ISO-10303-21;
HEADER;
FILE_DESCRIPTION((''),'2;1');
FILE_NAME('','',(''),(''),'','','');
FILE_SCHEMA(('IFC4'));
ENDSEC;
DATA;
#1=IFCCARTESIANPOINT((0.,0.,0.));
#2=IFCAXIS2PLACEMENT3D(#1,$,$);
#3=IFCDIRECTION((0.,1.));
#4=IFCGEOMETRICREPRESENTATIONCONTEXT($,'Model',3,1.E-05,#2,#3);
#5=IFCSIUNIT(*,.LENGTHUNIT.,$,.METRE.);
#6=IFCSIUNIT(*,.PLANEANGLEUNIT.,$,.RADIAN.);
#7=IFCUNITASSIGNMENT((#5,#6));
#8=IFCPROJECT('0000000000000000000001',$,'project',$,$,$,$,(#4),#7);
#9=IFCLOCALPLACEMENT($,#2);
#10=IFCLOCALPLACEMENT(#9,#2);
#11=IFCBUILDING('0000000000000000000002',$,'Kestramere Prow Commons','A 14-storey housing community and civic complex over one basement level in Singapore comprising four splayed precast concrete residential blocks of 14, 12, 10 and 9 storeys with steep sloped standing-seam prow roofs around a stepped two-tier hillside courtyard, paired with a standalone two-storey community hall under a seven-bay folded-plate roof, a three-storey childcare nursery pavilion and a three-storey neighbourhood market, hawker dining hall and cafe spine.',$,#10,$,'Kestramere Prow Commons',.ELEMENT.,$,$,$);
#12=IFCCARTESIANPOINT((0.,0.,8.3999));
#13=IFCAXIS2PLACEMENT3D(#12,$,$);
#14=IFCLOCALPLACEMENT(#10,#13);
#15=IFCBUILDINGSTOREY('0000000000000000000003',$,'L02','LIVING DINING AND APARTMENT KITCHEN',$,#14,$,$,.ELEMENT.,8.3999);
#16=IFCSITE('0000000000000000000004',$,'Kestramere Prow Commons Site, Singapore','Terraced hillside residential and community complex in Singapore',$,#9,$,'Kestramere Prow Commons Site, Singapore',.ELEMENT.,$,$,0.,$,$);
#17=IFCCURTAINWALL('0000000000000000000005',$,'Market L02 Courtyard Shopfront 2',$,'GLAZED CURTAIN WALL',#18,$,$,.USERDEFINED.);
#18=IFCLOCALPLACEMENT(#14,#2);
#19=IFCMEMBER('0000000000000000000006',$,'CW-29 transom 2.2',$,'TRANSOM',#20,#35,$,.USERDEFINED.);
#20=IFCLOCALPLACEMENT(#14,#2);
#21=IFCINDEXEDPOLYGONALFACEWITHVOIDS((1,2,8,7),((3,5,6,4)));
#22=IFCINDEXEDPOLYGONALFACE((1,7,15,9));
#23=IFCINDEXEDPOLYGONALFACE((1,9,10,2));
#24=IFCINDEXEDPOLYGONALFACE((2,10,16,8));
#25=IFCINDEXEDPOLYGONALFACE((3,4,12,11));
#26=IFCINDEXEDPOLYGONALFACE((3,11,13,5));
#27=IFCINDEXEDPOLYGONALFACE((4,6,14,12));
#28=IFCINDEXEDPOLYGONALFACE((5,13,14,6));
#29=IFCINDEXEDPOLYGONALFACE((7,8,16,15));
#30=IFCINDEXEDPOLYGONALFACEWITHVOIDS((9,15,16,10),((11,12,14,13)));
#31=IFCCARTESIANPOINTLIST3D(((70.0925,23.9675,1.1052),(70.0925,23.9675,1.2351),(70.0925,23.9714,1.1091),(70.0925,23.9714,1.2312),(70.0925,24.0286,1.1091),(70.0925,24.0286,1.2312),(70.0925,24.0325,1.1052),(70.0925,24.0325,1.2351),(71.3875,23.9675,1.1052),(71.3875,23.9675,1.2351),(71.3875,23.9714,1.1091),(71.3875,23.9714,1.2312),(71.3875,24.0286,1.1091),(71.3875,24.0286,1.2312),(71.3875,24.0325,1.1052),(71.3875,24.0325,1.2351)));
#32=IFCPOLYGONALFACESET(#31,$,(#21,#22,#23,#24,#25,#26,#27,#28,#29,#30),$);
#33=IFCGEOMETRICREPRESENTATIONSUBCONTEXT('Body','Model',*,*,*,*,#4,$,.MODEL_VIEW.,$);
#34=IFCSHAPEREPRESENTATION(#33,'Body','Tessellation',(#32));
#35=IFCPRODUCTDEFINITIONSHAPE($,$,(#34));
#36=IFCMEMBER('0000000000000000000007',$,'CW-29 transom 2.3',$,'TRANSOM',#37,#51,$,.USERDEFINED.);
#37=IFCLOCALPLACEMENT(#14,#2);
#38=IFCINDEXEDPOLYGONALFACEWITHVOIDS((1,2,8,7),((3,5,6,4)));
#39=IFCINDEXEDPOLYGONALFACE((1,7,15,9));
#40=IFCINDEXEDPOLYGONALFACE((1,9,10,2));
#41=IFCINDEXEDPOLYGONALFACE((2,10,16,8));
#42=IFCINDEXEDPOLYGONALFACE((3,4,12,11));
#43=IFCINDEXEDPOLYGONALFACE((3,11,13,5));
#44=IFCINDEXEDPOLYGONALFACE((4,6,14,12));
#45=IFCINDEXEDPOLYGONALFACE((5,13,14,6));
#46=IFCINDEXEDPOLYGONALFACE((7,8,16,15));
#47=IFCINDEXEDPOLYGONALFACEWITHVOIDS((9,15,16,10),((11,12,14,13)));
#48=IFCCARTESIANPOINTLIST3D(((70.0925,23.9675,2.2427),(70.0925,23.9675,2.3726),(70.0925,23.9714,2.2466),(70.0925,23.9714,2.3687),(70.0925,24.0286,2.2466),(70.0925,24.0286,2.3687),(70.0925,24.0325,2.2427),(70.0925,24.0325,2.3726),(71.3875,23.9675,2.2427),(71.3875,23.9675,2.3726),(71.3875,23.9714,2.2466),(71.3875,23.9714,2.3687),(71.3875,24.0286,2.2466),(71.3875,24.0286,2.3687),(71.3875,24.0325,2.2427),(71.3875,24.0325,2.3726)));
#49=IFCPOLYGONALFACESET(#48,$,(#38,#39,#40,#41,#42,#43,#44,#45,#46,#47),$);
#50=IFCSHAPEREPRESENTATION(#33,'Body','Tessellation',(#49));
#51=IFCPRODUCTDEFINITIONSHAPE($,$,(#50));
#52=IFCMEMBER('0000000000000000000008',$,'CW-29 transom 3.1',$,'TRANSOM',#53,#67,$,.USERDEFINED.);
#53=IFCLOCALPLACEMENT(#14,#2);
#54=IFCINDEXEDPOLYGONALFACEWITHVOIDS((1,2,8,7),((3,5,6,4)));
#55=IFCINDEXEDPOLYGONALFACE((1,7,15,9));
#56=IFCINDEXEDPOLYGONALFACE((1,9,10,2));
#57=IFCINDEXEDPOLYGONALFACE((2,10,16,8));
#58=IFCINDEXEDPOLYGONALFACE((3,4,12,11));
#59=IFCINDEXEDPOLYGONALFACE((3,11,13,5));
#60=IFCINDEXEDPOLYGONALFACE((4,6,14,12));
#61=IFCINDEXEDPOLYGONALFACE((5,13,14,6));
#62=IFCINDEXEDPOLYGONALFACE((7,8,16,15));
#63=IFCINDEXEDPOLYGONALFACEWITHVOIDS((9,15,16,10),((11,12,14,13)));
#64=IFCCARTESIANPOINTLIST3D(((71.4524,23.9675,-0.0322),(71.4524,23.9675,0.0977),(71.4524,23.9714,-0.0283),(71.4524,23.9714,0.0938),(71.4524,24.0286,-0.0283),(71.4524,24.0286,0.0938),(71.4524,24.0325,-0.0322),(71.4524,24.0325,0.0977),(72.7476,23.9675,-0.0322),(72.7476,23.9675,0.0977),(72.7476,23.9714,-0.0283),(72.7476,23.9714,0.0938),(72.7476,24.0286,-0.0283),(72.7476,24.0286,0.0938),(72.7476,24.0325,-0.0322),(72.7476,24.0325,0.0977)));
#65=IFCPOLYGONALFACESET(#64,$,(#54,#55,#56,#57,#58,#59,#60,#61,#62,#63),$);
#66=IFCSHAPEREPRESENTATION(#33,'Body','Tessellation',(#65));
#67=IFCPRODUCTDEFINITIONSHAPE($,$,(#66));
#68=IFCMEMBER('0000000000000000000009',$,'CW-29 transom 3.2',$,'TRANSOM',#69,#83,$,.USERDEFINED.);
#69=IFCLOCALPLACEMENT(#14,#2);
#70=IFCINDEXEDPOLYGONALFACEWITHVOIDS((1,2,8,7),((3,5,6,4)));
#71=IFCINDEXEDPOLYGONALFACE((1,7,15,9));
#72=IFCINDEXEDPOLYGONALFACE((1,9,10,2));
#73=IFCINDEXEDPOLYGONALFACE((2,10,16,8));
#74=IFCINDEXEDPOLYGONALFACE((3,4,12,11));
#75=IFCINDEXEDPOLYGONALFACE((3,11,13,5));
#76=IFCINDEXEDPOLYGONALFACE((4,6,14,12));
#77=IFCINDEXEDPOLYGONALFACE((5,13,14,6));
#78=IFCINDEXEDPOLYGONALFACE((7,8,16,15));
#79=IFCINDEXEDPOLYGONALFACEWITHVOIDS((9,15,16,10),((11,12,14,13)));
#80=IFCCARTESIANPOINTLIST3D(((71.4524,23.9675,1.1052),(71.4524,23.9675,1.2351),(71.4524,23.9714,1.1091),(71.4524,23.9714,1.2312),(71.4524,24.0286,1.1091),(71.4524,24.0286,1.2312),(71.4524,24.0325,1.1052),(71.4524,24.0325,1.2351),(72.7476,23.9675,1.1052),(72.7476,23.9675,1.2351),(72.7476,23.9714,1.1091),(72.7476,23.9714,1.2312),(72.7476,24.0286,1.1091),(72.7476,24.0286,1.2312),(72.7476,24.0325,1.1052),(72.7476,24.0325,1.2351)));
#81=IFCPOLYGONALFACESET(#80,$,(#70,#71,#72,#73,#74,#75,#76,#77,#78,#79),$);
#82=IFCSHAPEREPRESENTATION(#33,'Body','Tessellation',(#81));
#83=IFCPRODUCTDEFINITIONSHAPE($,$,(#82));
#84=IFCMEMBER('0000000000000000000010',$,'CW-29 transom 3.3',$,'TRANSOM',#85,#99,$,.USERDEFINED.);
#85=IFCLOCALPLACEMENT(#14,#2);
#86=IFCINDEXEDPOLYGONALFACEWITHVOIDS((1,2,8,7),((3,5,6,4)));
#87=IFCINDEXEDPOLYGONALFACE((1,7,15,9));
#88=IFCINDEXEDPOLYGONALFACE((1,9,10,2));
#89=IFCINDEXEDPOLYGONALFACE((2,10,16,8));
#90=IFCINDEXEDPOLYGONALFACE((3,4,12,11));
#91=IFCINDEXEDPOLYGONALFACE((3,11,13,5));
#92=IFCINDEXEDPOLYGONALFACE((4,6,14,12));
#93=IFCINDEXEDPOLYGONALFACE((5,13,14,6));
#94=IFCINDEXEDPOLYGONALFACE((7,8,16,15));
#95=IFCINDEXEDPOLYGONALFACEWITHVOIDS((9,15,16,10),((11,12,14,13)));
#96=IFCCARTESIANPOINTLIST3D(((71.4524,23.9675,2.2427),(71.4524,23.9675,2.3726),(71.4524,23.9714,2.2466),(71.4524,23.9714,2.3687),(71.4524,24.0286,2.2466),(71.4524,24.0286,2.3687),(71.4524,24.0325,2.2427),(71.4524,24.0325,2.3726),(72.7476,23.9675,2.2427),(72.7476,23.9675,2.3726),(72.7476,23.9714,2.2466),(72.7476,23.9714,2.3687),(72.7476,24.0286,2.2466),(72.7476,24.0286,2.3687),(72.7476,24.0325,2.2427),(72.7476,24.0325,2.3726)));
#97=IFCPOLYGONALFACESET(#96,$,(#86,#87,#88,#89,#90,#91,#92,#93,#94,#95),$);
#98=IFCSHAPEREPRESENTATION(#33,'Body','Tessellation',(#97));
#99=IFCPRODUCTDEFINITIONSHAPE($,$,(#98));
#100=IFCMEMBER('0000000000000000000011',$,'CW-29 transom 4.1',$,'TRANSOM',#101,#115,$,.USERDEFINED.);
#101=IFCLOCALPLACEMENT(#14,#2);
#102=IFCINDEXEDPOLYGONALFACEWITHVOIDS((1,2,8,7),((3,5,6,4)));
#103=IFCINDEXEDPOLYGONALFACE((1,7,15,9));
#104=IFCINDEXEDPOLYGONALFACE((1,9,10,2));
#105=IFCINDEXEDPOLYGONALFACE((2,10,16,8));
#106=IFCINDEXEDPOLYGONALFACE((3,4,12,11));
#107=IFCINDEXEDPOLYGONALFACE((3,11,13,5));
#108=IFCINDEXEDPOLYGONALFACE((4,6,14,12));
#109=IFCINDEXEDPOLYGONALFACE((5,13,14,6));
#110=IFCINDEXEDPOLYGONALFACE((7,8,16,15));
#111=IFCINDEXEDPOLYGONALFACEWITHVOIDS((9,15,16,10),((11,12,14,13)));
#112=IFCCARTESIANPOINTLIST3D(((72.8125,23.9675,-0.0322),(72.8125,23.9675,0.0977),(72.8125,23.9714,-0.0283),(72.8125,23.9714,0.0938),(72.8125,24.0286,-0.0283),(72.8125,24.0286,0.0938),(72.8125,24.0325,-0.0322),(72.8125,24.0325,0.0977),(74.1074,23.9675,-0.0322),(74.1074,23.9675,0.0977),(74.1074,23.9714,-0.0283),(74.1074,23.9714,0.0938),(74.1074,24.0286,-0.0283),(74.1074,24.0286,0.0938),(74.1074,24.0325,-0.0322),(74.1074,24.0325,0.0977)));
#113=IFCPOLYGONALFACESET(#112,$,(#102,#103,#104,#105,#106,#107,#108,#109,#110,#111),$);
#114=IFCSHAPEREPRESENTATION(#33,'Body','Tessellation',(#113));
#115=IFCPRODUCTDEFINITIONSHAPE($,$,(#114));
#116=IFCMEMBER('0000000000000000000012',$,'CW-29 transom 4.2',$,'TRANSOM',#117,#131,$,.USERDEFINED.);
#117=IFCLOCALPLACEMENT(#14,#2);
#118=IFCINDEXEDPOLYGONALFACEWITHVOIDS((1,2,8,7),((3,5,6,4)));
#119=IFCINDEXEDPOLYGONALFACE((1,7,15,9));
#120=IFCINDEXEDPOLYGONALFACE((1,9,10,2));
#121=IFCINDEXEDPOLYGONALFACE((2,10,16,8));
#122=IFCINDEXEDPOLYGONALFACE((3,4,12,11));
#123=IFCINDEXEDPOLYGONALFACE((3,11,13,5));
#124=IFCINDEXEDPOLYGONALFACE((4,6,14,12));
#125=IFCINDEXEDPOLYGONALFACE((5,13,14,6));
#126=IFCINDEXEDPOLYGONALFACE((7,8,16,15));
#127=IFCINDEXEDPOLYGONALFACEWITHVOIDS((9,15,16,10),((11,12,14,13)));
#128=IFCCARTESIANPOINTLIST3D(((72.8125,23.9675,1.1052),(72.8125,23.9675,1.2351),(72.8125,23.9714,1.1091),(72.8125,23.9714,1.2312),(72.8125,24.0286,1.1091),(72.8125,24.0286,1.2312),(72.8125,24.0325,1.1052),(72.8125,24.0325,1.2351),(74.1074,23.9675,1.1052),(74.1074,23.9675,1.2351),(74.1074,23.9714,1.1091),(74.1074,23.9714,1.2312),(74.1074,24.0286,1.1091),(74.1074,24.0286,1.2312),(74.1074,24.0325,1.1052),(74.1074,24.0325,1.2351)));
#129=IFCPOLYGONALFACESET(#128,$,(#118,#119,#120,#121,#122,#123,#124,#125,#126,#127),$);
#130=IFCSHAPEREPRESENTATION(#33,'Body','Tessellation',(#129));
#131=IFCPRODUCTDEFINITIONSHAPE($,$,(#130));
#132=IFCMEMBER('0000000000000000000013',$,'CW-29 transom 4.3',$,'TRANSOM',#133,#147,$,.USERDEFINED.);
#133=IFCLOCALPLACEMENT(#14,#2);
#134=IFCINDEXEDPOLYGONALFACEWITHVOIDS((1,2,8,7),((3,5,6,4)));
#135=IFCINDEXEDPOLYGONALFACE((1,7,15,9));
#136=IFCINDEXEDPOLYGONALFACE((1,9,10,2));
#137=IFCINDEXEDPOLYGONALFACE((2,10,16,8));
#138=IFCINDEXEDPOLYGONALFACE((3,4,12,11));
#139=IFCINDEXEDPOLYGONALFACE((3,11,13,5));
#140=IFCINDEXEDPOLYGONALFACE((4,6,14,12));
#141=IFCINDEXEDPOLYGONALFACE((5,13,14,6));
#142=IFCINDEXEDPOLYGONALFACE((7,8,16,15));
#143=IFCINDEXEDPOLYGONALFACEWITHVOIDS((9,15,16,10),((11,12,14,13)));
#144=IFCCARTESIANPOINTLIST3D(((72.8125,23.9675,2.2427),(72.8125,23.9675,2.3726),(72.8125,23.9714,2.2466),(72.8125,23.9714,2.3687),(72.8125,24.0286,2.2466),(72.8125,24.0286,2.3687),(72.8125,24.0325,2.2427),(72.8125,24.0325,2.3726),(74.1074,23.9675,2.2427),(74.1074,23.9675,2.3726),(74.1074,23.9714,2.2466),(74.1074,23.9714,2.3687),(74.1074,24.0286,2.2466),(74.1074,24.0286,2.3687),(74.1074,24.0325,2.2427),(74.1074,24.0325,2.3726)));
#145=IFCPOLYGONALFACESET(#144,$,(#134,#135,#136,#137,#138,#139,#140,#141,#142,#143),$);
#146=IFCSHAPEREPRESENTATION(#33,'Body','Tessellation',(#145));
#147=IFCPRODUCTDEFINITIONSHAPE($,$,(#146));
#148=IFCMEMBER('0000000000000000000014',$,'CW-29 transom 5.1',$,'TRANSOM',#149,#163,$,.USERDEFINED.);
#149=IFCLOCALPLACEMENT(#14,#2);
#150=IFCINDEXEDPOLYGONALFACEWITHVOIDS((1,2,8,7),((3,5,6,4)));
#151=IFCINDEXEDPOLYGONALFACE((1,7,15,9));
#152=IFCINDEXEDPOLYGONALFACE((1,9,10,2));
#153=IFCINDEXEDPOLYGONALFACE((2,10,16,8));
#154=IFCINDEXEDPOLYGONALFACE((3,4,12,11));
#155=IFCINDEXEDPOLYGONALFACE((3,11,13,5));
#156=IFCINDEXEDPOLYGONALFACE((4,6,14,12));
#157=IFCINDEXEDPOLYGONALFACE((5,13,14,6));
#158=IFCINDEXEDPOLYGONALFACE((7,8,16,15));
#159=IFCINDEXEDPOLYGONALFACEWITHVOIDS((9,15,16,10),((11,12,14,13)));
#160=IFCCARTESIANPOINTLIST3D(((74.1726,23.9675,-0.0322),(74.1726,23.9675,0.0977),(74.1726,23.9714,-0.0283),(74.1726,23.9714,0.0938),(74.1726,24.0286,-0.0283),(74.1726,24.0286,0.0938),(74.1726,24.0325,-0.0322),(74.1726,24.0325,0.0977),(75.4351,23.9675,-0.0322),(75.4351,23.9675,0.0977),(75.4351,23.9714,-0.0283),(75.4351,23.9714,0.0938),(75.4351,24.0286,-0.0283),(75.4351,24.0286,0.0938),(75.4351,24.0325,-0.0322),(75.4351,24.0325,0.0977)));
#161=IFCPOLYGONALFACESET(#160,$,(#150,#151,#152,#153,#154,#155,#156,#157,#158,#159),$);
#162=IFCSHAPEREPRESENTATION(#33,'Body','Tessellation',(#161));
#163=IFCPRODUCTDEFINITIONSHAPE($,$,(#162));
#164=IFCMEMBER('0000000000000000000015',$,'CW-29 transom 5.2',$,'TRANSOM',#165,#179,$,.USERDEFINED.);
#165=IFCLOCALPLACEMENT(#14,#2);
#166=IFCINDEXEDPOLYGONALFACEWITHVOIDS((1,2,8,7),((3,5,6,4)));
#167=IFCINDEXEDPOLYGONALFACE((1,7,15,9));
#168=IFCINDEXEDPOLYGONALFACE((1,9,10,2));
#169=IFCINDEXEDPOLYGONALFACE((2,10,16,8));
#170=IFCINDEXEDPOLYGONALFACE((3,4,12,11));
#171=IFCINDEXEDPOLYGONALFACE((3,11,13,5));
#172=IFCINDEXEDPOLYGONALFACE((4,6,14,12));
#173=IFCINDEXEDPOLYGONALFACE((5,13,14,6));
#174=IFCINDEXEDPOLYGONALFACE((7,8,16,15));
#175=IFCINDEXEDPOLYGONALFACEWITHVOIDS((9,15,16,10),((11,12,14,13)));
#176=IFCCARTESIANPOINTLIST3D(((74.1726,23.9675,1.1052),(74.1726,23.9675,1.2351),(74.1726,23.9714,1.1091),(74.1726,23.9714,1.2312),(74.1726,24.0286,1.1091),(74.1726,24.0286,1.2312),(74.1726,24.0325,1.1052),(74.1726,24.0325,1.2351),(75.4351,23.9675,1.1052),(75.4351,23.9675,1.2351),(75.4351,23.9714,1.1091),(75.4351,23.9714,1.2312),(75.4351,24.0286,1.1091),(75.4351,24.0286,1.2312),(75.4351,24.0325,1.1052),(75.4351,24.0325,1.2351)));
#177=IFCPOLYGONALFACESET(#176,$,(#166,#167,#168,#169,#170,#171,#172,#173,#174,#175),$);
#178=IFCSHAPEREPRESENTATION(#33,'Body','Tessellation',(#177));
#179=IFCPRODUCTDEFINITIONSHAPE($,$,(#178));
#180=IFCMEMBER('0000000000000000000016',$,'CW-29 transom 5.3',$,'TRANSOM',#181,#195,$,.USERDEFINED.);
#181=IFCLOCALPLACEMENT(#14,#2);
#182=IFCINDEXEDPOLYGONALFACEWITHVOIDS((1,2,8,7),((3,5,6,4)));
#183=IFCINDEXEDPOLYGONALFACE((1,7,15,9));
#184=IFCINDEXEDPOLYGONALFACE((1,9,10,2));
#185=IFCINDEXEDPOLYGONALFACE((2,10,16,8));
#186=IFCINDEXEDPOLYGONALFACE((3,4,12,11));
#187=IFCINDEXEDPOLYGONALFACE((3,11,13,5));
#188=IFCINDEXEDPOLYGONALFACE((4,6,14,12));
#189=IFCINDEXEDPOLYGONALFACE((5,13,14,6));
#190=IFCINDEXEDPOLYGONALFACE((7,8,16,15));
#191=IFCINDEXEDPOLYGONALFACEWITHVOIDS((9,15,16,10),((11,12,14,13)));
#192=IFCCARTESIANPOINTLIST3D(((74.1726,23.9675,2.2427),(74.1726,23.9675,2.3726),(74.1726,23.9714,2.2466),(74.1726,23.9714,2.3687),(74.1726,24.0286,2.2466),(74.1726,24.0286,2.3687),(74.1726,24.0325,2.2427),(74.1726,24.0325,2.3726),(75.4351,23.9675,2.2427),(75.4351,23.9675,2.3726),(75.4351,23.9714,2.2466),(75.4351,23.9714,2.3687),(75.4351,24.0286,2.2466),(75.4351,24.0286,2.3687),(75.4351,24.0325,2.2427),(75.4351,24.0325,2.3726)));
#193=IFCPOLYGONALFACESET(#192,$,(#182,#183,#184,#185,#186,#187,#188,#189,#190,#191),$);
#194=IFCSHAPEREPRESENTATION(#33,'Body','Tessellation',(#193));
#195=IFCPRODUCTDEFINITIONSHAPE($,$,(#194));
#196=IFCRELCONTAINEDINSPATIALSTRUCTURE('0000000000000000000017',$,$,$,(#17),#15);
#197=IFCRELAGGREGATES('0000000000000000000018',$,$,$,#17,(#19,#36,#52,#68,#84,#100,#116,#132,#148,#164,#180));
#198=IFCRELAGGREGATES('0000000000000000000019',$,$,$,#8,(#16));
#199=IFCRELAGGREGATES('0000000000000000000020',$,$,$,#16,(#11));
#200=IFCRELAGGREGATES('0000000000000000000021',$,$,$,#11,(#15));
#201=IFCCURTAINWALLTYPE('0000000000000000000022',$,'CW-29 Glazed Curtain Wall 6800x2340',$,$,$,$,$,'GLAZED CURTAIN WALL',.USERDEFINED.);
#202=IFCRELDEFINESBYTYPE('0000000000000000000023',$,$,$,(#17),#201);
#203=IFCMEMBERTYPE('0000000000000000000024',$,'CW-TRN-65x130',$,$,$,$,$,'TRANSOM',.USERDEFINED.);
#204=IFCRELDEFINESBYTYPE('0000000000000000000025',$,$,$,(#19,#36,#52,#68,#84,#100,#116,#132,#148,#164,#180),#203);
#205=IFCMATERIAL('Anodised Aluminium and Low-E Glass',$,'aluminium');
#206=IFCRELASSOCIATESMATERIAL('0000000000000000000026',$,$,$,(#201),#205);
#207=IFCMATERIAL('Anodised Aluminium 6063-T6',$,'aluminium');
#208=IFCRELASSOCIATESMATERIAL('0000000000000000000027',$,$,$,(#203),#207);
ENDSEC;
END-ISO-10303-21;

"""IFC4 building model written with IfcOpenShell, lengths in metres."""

from ifc_helpers import new_model, si_unit, direction, frame, origin, origin_2d, place, context, subcontext, project, spatial, hollow_rectangle, extrude, material, material_profile, profile_set, type_object, element, aggregate, save


model = new_model("IFC4")

# Units and contexts
model_context = context("Model", 3, precision=1e-05, world=origin(), true_north=direction((0.0, 1.0)))
body_context = subcontext(model_context, "Body", "Model", "MODEL_VIEW")
ifc_project = project(units=[si_unit("LENGTHUNIT", "METRE"), si_unit("PLANEANGLEUNIT", "RADIAN")], contexts=[model_context])

# Site, building, storey
site_placement = place(None, origin())
site = spatial("IfcSite", under=ifc_project, at=site_placement, Name="Kestramere Prow Commons Site, Singapore", Description="Terraced hillside residential and community complex in Singapore", LongName="Kestramere Prow Commons Site, Singapore", CompositionType="ELEMENT", RefElevation=0.0)
building_placement = place(site_placement, origin())
building = spatial("IfcBuilding", under=site, at=building_placement, Name="Kestramere Prow Commons", Description="A 14-storey housing community and civic complex over one basement level in Singapore comprising four splayed precast concrete residential blocks of 14, 12, 10 and 9 storeys with steep sloped standing-seam prow roofs around a stepped two-tier hillside courtyard, paired with a standalone two-storey community hall under a seven-bay folded-plate roof, a three-storey childcare nursery pavilion and a three-storey neighbourhood market, hawker dining hall and cafe spine.", LongName="Kestramere Prow Commons", CompositionType="ELEMENT")
storey_placement = place(building_placement, frame((0.0, 0.0, 8.3999)))
storey = spatial("IfcBuildingStorey", under=building, at=storey_placement, Name="L02", Description="LIVING DINING AND APARTMENT KITCHEN", CompositionType="ELEMENT", Elevation=8.3999)

# Curtain wall
ifc_material_1 = material(Name="Anodised Aluminium and Low-E Glass", Category="aluminium")
curtain_wall_type_1 = type_object("IfcCurtainWallType", Name="CW-29 Glazed Curtain Wall 6800x2340", ElementType="GLAZED CURTAIN WALL", PredefinedType="USERDEFINED", material=ifc_material_1)
curtain_wall_1_placement = place(storey_placement, origin())
curtain_wall_1 = element("IfcCurtainWall", 1, at=curtain_wall_1_placement, inside=storey, type_object=curtain_wall_type_1, Name="Market L02 Courtyard Shopfront 2", ObjectType="GLAZED CURTAIN WALL", PredefinedType="USERDEFINED")
ifc_material_2 = material(Name="Anodised Aluminium 6063-T6", Category="aluminium")

# Members
ifc_material_profile_1 = material_profile(ifc_material_2, hollow_rectangle(XDim=0.0649, YDim=0.1299, WallThickness=0.0039, at=origin_2d()), Name="ALU-TRN 65x130")
ifc_profile_set_1 = profile_set([ifc_material_profile_1], Name="Anodised Aluminium 6063-T6")
member_type_1 = type_object("IfcMemberType", Name="CW-TRN-65x130", ElementType="TRANSOM", PredefinedType="USERDEFINED", material=ifc_profile_set_1)
member_1_placement = place(storey_placement, frame((70.0925, 24.0, 1.1702), z_axis=(1.0, 0.0, 0.0), x_axis=(0.0, 1.0, 0.0)))
member_1 = element("IfcMember", 2, at=member_1_placement, type_object=member_type_1, Name="CW-29 transom 2.2", ObjectType="TRANSOM", PredefinedType="USERDEFINED", context=body_context, shape_type="SweptSolid", body=[
    extrude(hollow_rectangle(XDim=0.0649, YDim=0.1299, WallThickness=0.0039, at=origin_2d()), origin(), (0.0, 0.0, 1.0), 1.2949),
])
member_2_placement = place(storey_placement, frame((70.0925, 24.0, 2.3076), z_axis=(1.0, 0.0, 0.0), x_axis=(0.0, 1.0, 0.0)))
member_2 = element("IfcMember", 3, at=member_2_placement, type_object=member_type_1, Name="CW-29 transom 2.3", ObjectType="TRANSOM", PredefinedType="USERDEFINED", context=body_context, shape_type="SweptSolid", body=[
    extrude(hollow_rectangle(XDim=0.0649, YDim=0.1299, WallThickness=0.0039, at=origin_2d()), origin(), (0.0, 0.0, 1.0), 1.2949),
])
member_3_placement = place(storey_placement, frame((71.4524, 24.0, 0.0327), z_axis=(1.0, 0.0, 0.0), x_axis=(0.0, 1.0, 0.0)))
member_3 = element("IfcMember", 4, at=member_3_placement, type_object=member_type_1, Name="CW-29 transom 3.1", ObjectType="TRANSOM", PredefinedType="USERDEFINED", context=body_context, shape_type="SweptSolid", body=[
    extrude(hollow_rectangle(XDim=0.0649, YDim=0.1299, WallThickness=0.0039, at=origin_2d()), origin(), (0.0, 0.0, 1.0), 1.2952),
])
member_4_placement = place(storey_placement, frame((71.4524, 24.0, 1.1702), z_axis=(1.0, 0.0, 0.0), x_axis=(0.0, 1.0, 0.0)))
member_4 = element("IfcMember", 5, at=member_4_placement, type_object=member_type_1, Name="CW-29 transom 3.2", ObjectType="TRANSOM", PredefinedType="USERDEFINED", context=body_context, shape_type="SweptSolid", body=[
    extrude(hollow_rectangle(XDim=0.0649, YDim=0.1299, WallThickness=0.0039, at=origin_2d()), origin(), (0.0, 0.0, 1.0), 1.2952),
])
member_5_placement = place(storey_placement, frame((71.4524, 24.0, 2.3076), z_axis=(1.0, 0.0, 0.0), x_axis=(0.0, 1.0, 0.0)))
member_5 = element("IfcMember", 6, at=member_5_placement, type_object=member_type_1, Name="CW-29 transom 3.3", ObjectType="TRANSOM", PredefinedType="USERDEFINED", context=body_context, shape_type="SweptSolid", body=[
    extrude(hollow_rectangle(XDim=0.0649, YDim=0.1299, WallThickness=0.0039, at=origin_2d()), origin(), (0.0, 0.0, 1.0), 1.2952),
])
member_6_placement = place(storey_placement, frame((72.8125, 24.0, 0.0327), z_axis=(1.0, 0.0, 0.0), x_axis=(0.0, 1.0, 0.0)))
member_6 = element("IfcMember", 7, at=member_6_placement, type_object=member_type_1, Name="CW-29 transom 4.1", ObjectType="TRANSOM", PredefinedType="USERDEFINED", context=body_context, shape_type="SweptSolid", body=[
    extrude(hollow_rectangle(XDim=0.0649, YDim=0.1299, WallThickness=0.0039, at=origin_2d()), origin(), (0.0, 0.0, 1.0), 1.2949),
])
member_7_placement = place(storey_placement, frame((72.8125, 24.0, 1.1702), z_axis=(1.0, 0.0, 0.0), x_axis=(0.0, 1.0, 0.0)))
member_7 = element("IfcMember", 8, at=member_7_placement, type_object=member_type_1, Name="CW-29 transom 4.2", ObjectType="TRANSOM", PredefinedType="USERDEFINED", context=body_context, shape_type="SweptSolid", body=[
    extrude(hollow_rectangle(XDim=0.0649, YDim=0.1299, WallThickness=0.0039, at=origin_2d()), origin(), (0.0, 0.0, 1.0), 1.2949),
])
member_8_placement = place(storey_placement, frame((72.8125, 24.0, 2.3076), z_axis=(1.0, 0.0, 0.0), x_axis=(0.0, 1.0, 0.0)))
member_8 = element("IfcMember", 9, at=member_8_placement, type_object=member_type_1, Name="CW-29 transom 4.3", ObjectType="TRANSOM", PredefinedType="USERDEFINED", context=body_context, shape_type="SweptSolid", body=[
    extrude(hollow_rectangle(XDim=0.0649, YDim=0.1299, WallThickness=0.0039, at=origin_2d()), origin(), (0.0, 0.0, 1.0), 1.2949),
])
member_9_placement = place(storey_placement, frame((74.1726, 24.0, 0.0327), z_axis=(1.0, 0.0, 0.0), x_axis=(0.0, 1.0, 0.0)))
member_9 = element("IfcMember", 10, at=member_9_placement, type_object=member_type_1, Name="CW-29 transom 5.1", ObjectType="TRANSOM", PredefinedType="USERDEFINED", context=body_context, shape_type="SweptSolid", body=[
    extrude(hollow_rectangle(XDim=0.0649, YDim=0.1299, WallThickness=0.0039, at=origin_2d()), origin(), (0.0, 0.0, 1.0), 1.2625),
])
member_10_placement = place(storey_placement, frame((74.1726, 24.0, 1.1702), z_axis=(1.0, 0.0, 0.0), x_axis=(0.0, 1.0, 0.0)))
member_10 = element("IfcMember", 11, at=member_10_placement, type_object=member_type_1, Name="CW-29 transom 5.2", ObjectType="TRANSOM", PredefinedType="USERDEFINED", context=body_context, shape_type="SweptSolid", body=[
    extrude(hollow_rectangle(XDim=0.0649, YDim=0.1299, WallThickness=0.0039, at=origin_2d()), origin(), (0.0, 0.0, 1.0), 1.2625),
])
member_11_placement = place(storey_placement, frame((74.1726, 24.0, 2.3076), z_axis=(1.0, 0.0, 0.0), x_axis=(0.0, 1.0, 0.0)))
member_11 = element("IfcMember", 12, at=member_11_placement, type_object=member_type_1, Name="CW-29 transom 5.3", ObjectType="TRANSOM", PredefinedType="USERDEFINED", context=body_context, shape_type="SweptSolid", body=[
    extrude(hollow_rectangle(XDim=0.0649, YDim=0.1299, WallThickness=0.0039, at=origin_2d()), origin(), (0.0, 0.0, 1.0), 1.2625),
])

aggregate(curtain_wall_1, [member_1, member_2, member_3, member_4, member_5, member_6, member_7, member_8, member_9, member_10, member_11])

save(model, "model.ifc")
